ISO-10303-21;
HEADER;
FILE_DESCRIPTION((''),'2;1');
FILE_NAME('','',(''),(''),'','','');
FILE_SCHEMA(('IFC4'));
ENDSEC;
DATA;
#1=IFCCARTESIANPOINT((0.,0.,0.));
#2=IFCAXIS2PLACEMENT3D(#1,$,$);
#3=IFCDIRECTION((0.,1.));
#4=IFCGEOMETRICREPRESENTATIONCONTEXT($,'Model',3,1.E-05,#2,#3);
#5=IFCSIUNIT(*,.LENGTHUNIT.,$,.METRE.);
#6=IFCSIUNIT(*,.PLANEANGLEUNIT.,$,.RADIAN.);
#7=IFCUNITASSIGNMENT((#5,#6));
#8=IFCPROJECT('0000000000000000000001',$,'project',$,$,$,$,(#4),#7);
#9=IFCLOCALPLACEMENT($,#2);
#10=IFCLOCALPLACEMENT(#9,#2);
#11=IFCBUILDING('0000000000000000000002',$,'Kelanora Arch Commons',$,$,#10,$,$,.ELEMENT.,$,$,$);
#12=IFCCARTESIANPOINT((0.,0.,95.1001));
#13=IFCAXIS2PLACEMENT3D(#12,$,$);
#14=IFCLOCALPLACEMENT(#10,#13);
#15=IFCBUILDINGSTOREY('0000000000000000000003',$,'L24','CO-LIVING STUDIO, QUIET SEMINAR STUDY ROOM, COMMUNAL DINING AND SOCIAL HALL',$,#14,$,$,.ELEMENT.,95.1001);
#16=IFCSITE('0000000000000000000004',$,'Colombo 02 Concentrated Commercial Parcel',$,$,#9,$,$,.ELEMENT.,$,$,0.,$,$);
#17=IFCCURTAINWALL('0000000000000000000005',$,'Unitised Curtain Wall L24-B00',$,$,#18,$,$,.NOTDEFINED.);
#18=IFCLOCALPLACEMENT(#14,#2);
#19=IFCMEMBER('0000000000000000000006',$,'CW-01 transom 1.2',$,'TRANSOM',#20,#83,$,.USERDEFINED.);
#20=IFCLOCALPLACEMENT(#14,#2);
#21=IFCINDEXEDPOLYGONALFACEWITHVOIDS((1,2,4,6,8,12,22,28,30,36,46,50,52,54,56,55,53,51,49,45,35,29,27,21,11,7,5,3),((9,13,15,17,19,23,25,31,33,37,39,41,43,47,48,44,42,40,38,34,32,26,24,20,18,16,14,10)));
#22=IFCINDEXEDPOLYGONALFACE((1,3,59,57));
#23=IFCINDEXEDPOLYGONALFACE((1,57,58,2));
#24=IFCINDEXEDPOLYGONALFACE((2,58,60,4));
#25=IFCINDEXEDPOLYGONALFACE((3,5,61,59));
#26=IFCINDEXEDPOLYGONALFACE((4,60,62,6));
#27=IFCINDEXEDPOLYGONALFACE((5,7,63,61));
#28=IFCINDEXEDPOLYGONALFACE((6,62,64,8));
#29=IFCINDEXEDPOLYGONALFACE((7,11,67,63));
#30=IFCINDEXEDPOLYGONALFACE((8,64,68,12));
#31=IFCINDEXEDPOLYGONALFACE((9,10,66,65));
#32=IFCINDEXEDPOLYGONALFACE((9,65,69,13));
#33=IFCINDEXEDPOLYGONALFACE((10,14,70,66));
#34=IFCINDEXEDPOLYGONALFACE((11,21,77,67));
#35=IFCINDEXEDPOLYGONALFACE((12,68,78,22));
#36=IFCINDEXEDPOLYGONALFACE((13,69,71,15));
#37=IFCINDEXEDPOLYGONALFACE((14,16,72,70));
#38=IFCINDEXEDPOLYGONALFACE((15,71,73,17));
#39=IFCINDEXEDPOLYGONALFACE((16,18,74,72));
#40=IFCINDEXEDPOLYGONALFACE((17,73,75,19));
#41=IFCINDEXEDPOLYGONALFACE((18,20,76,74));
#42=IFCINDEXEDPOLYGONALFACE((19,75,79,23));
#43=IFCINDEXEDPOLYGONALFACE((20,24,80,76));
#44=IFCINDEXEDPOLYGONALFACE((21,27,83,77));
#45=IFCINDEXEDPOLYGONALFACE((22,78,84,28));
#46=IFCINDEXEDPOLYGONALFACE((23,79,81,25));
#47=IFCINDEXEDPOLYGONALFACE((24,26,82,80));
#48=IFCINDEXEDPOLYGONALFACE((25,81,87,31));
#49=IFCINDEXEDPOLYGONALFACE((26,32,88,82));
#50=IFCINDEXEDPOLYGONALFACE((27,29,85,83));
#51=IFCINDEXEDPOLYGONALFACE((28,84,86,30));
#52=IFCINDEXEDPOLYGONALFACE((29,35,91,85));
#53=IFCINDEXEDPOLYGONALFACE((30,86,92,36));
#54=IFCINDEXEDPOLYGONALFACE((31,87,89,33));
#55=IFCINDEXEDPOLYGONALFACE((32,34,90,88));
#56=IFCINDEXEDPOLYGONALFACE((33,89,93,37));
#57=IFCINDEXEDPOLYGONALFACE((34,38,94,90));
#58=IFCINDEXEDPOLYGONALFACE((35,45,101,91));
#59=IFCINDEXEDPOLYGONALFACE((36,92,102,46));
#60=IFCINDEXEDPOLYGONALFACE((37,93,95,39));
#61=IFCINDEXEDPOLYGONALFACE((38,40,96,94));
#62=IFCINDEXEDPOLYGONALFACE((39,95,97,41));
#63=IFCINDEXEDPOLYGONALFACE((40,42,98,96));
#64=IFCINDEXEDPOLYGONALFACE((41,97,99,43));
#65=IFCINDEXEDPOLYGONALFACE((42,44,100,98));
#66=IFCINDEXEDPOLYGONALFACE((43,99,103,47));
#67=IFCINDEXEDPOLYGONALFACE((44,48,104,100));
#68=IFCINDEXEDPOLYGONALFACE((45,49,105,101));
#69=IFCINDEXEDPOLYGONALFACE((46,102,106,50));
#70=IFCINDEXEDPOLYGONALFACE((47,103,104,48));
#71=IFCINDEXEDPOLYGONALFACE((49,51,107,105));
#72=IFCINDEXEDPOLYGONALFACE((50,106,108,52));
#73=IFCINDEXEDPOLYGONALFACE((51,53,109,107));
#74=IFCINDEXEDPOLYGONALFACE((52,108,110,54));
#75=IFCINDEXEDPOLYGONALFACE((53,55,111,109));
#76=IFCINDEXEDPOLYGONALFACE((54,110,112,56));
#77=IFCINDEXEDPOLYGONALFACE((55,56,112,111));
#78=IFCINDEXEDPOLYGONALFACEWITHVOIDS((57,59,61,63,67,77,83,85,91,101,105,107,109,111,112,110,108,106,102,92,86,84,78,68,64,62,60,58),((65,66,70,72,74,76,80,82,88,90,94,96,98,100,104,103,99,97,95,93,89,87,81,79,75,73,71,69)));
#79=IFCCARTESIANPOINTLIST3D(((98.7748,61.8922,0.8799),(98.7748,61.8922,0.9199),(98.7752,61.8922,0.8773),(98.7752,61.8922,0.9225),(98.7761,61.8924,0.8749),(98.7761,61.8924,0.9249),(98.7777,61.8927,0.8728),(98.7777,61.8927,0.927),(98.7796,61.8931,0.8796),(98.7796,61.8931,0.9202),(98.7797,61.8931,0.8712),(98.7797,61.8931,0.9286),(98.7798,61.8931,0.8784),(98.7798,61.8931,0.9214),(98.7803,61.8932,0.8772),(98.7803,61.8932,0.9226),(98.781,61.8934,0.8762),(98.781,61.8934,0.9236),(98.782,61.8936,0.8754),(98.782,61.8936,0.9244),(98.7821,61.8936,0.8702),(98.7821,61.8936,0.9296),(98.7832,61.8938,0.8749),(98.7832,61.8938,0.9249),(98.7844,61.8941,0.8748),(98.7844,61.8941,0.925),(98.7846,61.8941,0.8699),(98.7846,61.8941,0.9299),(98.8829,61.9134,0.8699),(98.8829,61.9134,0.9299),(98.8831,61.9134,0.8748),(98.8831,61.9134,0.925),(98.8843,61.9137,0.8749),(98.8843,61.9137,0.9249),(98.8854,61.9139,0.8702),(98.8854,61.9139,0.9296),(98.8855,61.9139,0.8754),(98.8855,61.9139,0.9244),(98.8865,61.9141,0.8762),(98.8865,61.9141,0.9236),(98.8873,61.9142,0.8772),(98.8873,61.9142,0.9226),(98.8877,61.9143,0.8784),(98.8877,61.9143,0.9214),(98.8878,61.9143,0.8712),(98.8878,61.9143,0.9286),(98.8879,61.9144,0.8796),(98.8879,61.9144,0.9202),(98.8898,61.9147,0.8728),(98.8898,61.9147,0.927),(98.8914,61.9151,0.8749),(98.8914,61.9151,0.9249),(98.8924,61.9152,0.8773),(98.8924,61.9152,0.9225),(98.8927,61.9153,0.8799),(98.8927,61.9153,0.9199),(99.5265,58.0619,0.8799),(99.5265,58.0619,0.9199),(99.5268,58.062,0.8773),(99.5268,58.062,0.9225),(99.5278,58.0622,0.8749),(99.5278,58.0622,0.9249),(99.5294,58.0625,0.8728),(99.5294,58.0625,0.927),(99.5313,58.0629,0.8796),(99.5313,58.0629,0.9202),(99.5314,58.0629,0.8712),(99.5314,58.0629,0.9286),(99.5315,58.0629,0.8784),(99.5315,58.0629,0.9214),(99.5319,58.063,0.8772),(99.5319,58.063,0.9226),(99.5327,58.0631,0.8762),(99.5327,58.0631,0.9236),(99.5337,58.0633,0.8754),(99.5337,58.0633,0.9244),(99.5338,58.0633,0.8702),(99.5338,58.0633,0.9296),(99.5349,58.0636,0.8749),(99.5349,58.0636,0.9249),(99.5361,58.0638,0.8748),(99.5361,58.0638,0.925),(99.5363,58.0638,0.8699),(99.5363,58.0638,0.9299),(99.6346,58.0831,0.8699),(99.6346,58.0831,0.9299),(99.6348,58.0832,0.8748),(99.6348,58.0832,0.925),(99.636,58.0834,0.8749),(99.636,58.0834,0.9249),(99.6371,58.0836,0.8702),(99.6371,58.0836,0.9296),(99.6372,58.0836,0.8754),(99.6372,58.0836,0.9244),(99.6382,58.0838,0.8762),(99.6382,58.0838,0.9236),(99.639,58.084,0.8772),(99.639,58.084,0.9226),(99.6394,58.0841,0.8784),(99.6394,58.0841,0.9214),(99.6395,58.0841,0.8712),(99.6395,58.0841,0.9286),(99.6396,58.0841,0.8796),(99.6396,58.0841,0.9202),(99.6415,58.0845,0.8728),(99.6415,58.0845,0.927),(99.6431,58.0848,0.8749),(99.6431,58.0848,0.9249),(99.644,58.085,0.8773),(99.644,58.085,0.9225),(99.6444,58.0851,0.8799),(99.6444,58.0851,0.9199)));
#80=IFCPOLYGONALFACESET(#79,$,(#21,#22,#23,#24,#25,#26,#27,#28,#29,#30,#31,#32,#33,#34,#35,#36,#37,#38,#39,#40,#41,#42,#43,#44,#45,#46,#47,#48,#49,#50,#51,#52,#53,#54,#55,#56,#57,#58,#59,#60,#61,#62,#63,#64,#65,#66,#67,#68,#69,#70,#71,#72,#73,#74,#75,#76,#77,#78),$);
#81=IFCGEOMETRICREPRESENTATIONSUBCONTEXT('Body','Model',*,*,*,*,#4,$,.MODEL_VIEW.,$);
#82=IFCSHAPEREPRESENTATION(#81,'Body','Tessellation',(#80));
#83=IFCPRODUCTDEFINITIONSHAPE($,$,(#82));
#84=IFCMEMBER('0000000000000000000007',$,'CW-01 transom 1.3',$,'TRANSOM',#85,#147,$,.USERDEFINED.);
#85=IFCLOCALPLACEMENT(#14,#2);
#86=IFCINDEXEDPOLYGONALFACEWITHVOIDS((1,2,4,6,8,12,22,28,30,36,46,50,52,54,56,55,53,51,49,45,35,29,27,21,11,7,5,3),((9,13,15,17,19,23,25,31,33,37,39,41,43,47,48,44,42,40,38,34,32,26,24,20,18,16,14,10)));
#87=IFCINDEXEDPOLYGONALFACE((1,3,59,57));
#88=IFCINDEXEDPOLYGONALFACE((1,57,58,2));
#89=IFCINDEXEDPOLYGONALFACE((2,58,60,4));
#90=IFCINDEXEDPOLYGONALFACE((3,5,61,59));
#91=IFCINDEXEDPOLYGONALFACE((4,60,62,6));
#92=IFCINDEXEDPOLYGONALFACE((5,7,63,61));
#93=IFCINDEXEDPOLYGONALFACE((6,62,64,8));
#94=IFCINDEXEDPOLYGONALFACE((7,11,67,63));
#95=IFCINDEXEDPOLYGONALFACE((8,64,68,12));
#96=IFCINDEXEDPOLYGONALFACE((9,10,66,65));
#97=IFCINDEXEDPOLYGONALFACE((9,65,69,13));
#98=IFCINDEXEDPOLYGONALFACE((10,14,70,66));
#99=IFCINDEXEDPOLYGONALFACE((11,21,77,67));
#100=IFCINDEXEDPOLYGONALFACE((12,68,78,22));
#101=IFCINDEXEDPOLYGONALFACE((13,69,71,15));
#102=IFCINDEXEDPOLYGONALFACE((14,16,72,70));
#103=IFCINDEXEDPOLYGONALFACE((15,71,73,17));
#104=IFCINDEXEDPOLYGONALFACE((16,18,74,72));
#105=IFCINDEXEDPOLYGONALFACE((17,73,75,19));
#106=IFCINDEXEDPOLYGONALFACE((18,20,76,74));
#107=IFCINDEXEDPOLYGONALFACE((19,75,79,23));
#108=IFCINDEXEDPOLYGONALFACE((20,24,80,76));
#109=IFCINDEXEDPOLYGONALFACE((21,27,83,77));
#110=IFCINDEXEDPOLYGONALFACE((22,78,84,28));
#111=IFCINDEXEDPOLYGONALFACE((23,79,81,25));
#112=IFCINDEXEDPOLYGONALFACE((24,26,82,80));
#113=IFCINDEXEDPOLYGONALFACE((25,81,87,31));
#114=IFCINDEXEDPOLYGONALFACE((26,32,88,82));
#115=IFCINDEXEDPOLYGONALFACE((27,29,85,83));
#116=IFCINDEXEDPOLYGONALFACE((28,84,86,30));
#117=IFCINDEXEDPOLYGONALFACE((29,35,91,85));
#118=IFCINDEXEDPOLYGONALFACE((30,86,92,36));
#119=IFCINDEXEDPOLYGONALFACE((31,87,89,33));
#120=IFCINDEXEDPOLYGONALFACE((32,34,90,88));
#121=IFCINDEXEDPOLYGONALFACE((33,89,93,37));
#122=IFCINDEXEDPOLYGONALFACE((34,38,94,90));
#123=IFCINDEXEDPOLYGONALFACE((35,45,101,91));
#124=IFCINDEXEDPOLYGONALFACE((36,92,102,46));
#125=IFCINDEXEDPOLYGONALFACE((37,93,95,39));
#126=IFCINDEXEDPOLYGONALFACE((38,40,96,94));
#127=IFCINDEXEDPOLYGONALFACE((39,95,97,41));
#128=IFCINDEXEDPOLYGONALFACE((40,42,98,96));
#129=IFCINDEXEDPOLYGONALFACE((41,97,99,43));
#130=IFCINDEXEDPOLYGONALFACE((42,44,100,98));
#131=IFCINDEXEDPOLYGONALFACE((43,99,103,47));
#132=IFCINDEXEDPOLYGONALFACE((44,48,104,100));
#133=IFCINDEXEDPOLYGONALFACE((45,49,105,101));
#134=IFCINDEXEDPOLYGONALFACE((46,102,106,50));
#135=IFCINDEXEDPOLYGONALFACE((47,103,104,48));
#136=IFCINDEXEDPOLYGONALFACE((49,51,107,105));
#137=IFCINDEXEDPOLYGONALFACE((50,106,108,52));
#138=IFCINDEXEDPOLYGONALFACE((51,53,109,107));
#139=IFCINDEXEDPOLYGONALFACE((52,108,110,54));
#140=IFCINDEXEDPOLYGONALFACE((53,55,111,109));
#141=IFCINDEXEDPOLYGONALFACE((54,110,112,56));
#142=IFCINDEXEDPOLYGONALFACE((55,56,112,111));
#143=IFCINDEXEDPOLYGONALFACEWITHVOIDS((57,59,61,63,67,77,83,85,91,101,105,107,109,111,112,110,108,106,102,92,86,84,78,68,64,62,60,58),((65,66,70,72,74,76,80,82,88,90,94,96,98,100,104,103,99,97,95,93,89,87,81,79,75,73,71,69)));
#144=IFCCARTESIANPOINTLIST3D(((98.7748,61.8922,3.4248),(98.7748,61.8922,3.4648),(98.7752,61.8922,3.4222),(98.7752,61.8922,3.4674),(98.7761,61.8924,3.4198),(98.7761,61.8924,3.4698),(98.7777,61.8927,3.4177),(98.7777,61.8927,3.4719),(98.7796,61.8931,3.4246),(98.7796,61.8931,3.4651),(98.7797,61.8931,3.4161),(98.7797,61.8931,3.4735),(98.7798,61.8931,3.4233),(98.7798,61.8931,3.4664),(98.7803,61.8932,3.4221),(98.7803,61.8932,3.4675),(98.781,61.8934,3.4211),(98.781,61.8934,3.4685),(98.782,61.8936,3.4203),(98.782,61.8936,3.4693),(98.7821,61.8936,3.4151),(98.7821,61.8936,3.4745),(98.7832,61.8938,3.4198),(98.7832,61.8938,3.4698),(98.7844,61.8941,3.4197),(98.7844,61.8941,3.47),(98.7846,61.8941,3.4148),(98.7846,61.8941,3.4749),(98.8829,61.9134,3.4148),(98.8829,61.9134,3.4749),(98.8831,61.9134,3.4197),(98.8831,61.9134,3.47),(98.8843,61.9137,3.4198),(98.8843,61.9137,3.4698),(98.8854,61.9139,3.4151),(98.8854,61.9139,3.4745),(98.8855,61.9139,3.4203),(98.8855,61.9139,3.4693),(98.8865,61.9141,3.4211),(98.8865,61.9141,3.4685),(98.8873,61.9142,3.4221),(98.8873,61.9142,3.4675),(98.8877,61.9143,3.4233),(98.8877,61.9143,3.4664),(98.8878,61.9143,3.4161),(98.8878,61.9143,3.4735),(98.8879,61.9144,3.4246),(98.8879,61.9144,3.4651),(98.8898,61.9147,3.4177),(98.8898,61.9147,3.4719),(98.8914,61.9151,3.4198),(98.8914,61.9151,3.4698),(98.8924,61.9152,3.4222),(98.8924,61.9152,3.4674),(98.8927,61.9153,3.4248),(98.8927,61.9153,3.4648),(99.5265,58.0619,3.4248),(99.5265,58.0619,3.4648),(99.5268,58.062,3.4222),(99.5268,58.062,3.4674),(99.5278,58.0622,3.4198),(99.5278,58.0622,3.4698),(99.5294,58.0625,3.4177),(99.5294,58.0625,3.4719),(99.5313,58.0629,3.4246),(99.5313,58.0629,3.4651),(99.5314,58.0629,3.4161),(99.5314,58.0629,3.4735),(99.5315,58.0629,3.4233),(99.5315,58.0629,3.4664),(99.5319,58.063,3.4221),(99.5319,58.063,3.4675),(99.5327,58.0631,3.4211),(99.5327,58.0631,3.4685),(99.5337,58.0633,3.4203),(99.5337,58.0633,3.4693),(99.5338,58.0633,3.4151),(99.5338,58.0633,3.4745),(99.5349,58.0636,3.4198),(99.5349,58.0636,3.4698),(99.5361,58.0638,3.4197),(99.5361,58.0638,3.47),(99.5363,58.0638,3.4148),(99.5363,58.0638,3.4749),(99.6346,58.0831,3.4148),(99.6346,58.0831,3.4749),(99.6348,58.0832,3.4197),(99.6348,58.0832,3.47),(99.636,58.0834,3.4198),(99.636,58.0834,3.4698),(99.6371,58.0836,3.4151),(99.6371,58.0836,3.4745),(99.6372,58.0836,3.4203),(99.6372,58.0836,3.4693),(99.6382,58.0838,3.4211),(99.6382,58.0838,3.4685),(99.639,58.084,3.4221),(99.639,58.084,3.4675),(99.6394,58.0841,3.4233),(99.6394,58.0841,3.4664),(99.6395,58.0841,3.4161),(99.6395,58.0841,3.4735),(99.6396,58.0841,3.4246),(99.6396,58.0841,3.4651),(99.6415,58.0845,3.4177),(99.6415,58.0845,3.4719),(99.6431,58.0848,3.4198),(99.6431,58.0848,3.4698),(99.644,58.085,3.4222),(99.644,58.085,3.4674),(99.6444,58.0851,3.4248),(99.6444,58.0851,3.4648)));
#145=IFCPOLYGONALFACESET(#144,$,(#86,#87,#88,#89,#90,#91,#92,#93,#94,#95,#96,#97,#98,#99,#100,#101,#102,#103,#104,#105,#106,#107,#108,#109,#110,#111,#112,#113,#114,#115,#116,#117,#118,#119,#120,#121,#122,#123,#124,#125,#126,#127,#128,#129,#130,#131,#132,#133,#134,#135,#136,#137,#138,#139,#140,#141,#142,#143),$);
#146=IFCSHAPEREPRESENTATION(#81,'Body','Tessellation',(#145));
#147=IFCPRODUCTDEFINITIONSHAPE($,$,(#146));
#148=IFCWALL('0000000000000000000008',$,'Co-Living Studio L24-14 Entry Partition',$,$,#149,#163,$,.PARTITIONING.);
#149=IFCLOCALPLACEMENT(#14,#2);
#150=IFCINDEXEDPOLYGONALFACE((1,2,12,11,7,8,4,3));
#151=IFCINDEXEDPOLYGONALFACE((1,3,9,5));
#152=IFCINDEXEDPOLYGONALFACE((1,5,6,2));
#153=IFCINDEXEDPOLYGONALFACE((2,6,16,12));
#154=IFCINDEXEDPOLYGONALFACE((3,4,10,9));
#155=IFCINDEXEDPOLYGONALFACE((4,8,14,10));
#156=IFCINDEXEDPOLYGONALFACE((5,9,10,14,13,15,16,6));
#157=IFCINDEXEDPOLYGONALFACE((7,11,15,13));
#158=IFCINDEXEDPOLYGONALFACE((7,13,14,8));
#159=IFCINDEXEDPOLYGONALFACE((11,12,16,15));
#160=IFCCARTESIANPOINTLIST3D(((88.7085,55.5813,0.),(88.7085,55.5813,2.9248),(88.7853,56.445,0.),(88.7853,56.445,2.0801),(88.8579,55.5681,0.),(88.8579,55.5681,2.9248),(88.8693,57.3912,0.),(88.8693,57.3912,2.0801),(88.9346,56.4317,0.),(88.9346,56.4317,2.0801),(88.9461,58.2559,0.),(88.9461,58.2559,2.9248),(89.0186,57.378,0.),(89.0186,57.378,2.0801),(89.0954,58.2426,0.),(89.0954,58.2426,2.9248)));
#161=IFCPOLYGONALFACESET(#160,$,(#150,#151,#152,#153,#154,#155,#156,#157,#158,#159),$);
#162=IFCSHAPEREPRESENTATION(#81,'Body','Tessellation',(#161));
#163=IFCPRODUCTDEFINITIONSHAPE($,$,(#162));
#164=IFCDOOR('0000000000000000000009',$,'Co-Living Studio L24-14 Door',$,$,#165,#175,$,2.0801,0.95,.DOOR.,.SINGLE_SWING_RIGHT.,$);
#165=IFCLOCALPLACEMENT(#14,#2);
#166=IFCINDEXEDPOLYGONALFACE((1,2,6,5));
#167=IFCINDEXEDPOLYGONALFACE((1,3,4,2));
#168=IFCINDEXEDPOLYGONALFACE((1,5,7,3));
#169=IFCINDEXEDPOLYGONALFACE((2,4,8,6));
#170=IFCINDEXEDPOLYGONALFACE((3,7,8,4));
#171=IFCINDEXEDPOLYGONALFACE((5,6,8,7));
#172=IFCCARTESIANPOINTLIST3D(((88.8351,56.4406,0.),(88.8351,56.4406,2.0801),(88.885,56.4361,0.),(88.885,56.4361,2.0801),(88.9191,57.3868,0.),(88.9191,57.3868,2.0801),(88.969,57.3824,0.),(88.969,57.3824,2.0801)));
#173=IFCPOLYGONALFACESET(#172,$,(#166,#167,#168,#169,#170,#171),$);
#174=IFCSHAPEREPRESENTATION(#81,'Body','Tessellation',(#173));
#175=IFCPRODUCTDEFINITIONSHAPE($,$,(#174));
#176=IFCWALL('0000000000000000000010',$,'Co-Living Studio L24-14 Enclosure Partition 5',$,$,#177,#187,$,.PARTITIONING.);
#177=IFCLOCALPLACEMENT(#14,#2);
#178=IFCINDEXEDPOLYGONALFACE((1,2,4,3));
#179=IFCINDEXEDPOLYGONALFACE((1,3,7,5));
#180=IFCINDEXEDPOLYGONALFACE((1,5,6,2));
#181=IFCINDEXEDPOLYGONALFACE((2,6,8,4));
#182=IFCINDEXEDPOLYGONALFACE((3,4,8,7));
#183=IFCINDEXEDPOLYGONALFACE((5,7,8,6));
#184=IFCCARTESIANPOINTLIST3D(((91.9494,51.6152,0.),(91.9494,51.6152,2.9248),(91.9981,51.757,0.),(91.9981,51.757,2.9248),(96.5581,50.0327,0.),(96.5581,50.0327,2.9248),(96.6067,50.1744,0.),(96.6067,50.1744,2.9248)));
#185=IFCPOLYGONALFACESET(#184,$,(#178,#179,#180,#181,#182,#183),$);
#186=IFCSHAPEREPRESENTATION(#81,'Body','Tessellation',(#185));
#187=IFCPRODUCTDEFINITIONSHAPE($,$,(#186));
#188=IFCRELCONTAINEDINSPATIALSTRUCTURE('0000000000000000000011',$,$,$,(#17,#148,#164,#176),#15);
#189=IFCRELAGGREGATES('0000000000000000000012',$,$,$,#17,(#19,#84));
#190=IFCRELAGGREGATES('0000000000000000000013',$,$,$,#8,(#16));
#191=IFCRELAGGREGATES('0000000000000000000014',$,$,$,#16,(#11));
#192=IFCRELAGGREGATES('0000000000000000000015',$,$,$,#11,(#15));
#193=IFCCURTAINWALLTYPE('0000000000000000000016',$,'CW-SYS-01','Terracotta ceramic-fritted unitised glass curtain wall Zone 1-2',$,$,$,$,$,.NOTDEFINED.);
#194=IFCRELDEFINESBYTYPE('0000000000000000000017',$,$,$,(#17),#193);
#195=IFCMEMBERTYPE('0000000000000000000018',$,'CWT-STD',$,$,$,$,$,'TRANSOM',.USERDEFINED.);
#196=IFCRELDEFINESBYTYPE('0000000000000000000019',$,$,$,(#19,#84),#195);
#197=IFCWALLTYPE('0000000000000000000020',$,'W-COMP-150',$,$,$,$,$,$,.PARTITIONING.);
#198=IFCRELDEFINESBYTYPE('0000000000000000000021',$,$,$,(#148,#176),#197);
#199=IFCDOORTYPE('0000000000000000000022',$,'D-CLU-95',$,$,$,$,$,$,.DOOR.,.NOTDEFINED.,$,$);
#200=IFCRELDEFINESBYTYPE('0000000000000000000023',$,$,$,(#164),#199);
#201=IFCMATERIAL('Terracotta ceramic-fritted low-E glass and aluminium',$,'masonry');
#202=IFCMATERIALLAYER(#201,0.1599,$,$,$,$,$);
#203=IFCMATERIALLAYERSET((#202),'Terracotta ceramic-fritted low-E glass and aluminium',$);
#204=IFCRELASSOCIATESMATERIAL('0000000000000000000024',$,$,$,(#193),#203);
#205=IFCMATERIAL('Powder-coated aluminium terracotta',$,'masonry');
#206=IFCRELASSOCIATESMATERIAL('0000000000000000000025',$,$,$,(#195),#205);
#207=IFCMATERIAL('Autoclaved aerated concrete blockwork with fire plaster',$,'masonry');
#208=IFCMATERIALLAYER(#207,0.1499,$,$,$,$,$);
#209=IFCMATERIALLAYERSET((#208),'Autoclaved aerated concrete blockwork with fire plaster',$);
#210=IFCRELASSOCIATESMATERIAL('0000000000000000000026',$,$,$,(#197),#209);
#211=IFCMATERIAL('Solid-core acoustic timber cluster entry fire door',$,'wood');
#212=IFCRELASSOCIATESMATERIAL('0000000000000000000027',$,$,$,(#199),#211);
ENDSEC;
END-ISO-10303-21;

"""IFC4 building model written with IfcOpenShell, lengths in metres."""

from ifc_helpers import new_model, si_unit, direction, frame, frame_2d, origin, origin_2d, place, context, subcontext, project, spatial, rectangle, hollow_rectangle, extrude, material, layer, layer_set, material_profile, profile_set, type_object, element, fill, aggregate, save


model = new_model("IFC4")

# Units and contexts
model_context = context("Model", 3, precision=1e-05, world=origin(), true_north=direction((0.0, 1.0)))
body_context = subcontext(model_context, "Body", "Model", "MODEL_VIEW")
ifc_project = project(units=[si_unit("LENGTHUNIT", "METRE"), si_unit("PLANEANGLEUNIT", "RADIAN")], contexts=[model_context])

# Site, building, storey
site_placement = place(None, origin())
site = spatial("IfcSite", under=ifc_project, at=site_placement, Name="Colombo 02 Concentrated Commercial Parcel", CompositionType="ELEMENT", RefElevation=0.0)
building_placement = place(site_placement, origin())
building = spatial("IfcBuilding", under=site, at=building_placement, Name="Kelanora Arch Commons", CompositionType="ELEMENT")
storey_placement = place(building_placement, frame((0.0, 0.0, 95.1001)))
storey = spatial("IfcBuildingStorey", under=building, at=storey_placement, Name="L24", Description="CO-LIVING STUDIO, QUIET SEMINAR STUDY ROOM, COMMUNAL DINING AND SOCIAL HALL", CompositionType="ELEMENT", Elevation=95.1001)

# Curtain wall, members
ifc_material_1 = material(Name="Terracotta ceramic-fritted low-E glass and aluminium", Category="masonry")
ifc_layer_1 = layer(ifc_material_1, 0.1599)
ifc_layer_set_1 = layer_set([ifc_layer_1], Name="Terracotta ceramic-fritted low-E glass and aluminium")
curtain_wall_type = type_object("IfcCurtainWallType", Name="CW-SYS-01", Description="Terracotta ceramic-fritted unitised glass curtain wall Zone 1-2", PredefinedType="NOTDEFINED", material=ifc_layer_set_1)
curtain_wall_placement = place(storey_placement, origin())
curtain_wall = element("IfcCurtainWall", 1, at=curtain_wall_placement, inside=storey, type_object=curtain_wall_type, Name="Unitised Curtain Wall L24-B00", PredefinedType="NOTDEFINED")
ifc_material_2 = material(Name="Powder-coated aluminium terracotta", Category="masonry")
ifc_material_profile_1 = material_profile(ifc_material_2, hollow_rectangle(XDim=0.1201, YDim=0.0601, WallThickness=0.0049, InnerFilletRadius=0.0049, OuterFilletRadius=0.01, at=origin_2d()), Name="CWT120x60")
ifc_profile_set_1 = profile_set([ifc_material_profile_1], Name="Powder-coated aluminium terracotta")
member_type_1 = type_object("IfcMemberType", Name="CWT-STD", ElementType="TRANSOM", PredefinedType="USERDEFINED", material=ifc_profile_set_1)
member_1_placement = place(storey_placement, frame((99.5854, 58.0735, 0.8999), z_axis=(-0.192579, 0.981282, 0.0), x_axis=(-0.981282, -0.192579, 0.0)))
member_1 = element("IfcMember", 2, at=member_1_placement, type_object=member_type_1, Name="CW-01 transom 1.2", ObjectType="TRANSOM", PredefinedType="USERDEFINED", context=body_context, shape_type="SweptSolid", body=[
    extrude(hollow_rectangle(XDim=0.1201, YDim=0.0601, WallThickness=0.0049, InnerFilletRadius=0.0049, OuterFilletRadius=0.01, at=origin_2d()), origin(), (0.0, 0.0, 1.0), 3.9033),
])
member_2_placement = place(storey_placement, frame((99.5854, 58.0735, 3.4448), z_axis=(-0.192579, 0.981282, 0.0), x_axis=(-0.981282, -0.192579, 0.0)))
member_2 = element("IfcMember", 3, at=member_2_placement, type_object=member_type_1, Name="CW-01 transom 1.3", ObjectType="TRANSOM", PredefinedType="USERDEFINED", context=body_context, shape_type="SweptSolid", body=[
    extrude(hollow_rectangle(XDim=0.1201, YDim=0.0601, WallThickness=0.0049, InnerFilletRadius=0.0049, OuterFilletRadius=0.01, at=origin_2d()), origin(), (0.0, 0.0, 1.0), 3.9033),
])
aggregate(curtain_wall, [member_1, member_2])

# Wall, opening, door
ifc_material_3 = material(Name="Autoclaved aerated concrete blockwork with fire plaster", Category="masonry")
ifc_layer_2 = layer(ifc_material_3, 0.1499)
ifc_layer_set_2 = layer_set([ifc_layer_2], Name="Autoclaved aerated concrete blockwork with fire plaster")
wall_type_1 = type_object("IfcWallType", Name="W-COMP-150", PredefinedType="PARTITIONING", material=ifc_layer_set_2)
wall_1_placement = place(storey_placement, frame((88.7832, 55.5747, 0.0), z_axis=(0.0, 0.0, 1.0), x_axis=(0.08847, 0.996079, 0.0)))
wall_1 = element("IfcWall", 4, at=wall_1_placement, inside=storey, type_object=wall_type_1, Name="Co-Living Studio L24-14 Entry Partition", PredefinedType="PARTITIONING", context=body_context, shape_type="SweptSolid", body=[
    extrude(rectangle(XDim=2.6851, YDim=0.1499, at=frame_2d((1.3425, 0.0))), origin(), (0.0, 0.0, 1.0), 2.9248),
])
opening_1_placement = place(wall_1_placement, frame((0.8669, 0.0, 0.0)))
opening_1 = element("IfcOpeningElement", 5, at=opening_1_placement, cuts=wall_1, PredefinedType="OPENING", context=body_context, shape_type="SweptSolid", body=[
    extrude(rectangle(XDim=0.95, YDim=2.0801, at=frame_2d((0.4751, 1.04))), frame((0.0, 0.085, 0.0), z_axis=(0.0, -1.0, 0.0), x_axis=(1.0, 0.0, 0.0)), (0.0, 0.0, 1.0), 0.1699),
])
ifc_material_4 = material(Name="Solid-core acoustic timber cluster entry fire door", Category="wood")
door_type_1 = type_object("IfcDoorType", Name="D-CLU-95", OperationType="NOTDEFINED", PredefinedType="DOOR", material=ifc_material_4)
door_1_placement = place(opening_1_placement, origin())
door_1 = element("IfcDoor", 6, at=door_1_placement, inside=storey, type_object=door_type_1, Name="Co-Living Studio L24-14 Door", OperationType="SINGLE_SWING_RIGHT", OverallHeight=2.0801, OverallWidth=0.95, PredefinedType="DOOR", context=body_context, shape_type="SweptSolid", body=[
    extrude(rectangle(XDim=0.95, YDim=2.0801, at=frame_2d((0.4751, 1.04))), frame((0.0, 0.0249, 0.0), z_axis=(0.0, -1.0, 0.0), x_axis=(1.0, 0.0, 0.0)), (0.0, 0.0, 1.0), 0.05),
])
fill(opening_1, door_1)

# Wall
wall_2_placement = place(storey_placement, frame((96.5825, 50.1035, 0.0), z_axis=(0.0, 0.0, 1.0), x_axis=(-0.945794, 0.324767, 0.0)))
element("IfcWall", 7, at=wall_2_placement, inside=storey, type_object=wall_type_1, Name="Co-Living Studio L24-14 Enclosure Partition 5", PredefinedType="PARTITIONING", context=body_context, shape_type="SweptSolid", body=[
    extrude(rectangle(XDim=4.8728, YDim=0.1499, at=frame_2d((2.4365, 0.0))), origin(), (0.0, 0.0, 1.0), 2.9248),
])

save(model, "model.ifc")
